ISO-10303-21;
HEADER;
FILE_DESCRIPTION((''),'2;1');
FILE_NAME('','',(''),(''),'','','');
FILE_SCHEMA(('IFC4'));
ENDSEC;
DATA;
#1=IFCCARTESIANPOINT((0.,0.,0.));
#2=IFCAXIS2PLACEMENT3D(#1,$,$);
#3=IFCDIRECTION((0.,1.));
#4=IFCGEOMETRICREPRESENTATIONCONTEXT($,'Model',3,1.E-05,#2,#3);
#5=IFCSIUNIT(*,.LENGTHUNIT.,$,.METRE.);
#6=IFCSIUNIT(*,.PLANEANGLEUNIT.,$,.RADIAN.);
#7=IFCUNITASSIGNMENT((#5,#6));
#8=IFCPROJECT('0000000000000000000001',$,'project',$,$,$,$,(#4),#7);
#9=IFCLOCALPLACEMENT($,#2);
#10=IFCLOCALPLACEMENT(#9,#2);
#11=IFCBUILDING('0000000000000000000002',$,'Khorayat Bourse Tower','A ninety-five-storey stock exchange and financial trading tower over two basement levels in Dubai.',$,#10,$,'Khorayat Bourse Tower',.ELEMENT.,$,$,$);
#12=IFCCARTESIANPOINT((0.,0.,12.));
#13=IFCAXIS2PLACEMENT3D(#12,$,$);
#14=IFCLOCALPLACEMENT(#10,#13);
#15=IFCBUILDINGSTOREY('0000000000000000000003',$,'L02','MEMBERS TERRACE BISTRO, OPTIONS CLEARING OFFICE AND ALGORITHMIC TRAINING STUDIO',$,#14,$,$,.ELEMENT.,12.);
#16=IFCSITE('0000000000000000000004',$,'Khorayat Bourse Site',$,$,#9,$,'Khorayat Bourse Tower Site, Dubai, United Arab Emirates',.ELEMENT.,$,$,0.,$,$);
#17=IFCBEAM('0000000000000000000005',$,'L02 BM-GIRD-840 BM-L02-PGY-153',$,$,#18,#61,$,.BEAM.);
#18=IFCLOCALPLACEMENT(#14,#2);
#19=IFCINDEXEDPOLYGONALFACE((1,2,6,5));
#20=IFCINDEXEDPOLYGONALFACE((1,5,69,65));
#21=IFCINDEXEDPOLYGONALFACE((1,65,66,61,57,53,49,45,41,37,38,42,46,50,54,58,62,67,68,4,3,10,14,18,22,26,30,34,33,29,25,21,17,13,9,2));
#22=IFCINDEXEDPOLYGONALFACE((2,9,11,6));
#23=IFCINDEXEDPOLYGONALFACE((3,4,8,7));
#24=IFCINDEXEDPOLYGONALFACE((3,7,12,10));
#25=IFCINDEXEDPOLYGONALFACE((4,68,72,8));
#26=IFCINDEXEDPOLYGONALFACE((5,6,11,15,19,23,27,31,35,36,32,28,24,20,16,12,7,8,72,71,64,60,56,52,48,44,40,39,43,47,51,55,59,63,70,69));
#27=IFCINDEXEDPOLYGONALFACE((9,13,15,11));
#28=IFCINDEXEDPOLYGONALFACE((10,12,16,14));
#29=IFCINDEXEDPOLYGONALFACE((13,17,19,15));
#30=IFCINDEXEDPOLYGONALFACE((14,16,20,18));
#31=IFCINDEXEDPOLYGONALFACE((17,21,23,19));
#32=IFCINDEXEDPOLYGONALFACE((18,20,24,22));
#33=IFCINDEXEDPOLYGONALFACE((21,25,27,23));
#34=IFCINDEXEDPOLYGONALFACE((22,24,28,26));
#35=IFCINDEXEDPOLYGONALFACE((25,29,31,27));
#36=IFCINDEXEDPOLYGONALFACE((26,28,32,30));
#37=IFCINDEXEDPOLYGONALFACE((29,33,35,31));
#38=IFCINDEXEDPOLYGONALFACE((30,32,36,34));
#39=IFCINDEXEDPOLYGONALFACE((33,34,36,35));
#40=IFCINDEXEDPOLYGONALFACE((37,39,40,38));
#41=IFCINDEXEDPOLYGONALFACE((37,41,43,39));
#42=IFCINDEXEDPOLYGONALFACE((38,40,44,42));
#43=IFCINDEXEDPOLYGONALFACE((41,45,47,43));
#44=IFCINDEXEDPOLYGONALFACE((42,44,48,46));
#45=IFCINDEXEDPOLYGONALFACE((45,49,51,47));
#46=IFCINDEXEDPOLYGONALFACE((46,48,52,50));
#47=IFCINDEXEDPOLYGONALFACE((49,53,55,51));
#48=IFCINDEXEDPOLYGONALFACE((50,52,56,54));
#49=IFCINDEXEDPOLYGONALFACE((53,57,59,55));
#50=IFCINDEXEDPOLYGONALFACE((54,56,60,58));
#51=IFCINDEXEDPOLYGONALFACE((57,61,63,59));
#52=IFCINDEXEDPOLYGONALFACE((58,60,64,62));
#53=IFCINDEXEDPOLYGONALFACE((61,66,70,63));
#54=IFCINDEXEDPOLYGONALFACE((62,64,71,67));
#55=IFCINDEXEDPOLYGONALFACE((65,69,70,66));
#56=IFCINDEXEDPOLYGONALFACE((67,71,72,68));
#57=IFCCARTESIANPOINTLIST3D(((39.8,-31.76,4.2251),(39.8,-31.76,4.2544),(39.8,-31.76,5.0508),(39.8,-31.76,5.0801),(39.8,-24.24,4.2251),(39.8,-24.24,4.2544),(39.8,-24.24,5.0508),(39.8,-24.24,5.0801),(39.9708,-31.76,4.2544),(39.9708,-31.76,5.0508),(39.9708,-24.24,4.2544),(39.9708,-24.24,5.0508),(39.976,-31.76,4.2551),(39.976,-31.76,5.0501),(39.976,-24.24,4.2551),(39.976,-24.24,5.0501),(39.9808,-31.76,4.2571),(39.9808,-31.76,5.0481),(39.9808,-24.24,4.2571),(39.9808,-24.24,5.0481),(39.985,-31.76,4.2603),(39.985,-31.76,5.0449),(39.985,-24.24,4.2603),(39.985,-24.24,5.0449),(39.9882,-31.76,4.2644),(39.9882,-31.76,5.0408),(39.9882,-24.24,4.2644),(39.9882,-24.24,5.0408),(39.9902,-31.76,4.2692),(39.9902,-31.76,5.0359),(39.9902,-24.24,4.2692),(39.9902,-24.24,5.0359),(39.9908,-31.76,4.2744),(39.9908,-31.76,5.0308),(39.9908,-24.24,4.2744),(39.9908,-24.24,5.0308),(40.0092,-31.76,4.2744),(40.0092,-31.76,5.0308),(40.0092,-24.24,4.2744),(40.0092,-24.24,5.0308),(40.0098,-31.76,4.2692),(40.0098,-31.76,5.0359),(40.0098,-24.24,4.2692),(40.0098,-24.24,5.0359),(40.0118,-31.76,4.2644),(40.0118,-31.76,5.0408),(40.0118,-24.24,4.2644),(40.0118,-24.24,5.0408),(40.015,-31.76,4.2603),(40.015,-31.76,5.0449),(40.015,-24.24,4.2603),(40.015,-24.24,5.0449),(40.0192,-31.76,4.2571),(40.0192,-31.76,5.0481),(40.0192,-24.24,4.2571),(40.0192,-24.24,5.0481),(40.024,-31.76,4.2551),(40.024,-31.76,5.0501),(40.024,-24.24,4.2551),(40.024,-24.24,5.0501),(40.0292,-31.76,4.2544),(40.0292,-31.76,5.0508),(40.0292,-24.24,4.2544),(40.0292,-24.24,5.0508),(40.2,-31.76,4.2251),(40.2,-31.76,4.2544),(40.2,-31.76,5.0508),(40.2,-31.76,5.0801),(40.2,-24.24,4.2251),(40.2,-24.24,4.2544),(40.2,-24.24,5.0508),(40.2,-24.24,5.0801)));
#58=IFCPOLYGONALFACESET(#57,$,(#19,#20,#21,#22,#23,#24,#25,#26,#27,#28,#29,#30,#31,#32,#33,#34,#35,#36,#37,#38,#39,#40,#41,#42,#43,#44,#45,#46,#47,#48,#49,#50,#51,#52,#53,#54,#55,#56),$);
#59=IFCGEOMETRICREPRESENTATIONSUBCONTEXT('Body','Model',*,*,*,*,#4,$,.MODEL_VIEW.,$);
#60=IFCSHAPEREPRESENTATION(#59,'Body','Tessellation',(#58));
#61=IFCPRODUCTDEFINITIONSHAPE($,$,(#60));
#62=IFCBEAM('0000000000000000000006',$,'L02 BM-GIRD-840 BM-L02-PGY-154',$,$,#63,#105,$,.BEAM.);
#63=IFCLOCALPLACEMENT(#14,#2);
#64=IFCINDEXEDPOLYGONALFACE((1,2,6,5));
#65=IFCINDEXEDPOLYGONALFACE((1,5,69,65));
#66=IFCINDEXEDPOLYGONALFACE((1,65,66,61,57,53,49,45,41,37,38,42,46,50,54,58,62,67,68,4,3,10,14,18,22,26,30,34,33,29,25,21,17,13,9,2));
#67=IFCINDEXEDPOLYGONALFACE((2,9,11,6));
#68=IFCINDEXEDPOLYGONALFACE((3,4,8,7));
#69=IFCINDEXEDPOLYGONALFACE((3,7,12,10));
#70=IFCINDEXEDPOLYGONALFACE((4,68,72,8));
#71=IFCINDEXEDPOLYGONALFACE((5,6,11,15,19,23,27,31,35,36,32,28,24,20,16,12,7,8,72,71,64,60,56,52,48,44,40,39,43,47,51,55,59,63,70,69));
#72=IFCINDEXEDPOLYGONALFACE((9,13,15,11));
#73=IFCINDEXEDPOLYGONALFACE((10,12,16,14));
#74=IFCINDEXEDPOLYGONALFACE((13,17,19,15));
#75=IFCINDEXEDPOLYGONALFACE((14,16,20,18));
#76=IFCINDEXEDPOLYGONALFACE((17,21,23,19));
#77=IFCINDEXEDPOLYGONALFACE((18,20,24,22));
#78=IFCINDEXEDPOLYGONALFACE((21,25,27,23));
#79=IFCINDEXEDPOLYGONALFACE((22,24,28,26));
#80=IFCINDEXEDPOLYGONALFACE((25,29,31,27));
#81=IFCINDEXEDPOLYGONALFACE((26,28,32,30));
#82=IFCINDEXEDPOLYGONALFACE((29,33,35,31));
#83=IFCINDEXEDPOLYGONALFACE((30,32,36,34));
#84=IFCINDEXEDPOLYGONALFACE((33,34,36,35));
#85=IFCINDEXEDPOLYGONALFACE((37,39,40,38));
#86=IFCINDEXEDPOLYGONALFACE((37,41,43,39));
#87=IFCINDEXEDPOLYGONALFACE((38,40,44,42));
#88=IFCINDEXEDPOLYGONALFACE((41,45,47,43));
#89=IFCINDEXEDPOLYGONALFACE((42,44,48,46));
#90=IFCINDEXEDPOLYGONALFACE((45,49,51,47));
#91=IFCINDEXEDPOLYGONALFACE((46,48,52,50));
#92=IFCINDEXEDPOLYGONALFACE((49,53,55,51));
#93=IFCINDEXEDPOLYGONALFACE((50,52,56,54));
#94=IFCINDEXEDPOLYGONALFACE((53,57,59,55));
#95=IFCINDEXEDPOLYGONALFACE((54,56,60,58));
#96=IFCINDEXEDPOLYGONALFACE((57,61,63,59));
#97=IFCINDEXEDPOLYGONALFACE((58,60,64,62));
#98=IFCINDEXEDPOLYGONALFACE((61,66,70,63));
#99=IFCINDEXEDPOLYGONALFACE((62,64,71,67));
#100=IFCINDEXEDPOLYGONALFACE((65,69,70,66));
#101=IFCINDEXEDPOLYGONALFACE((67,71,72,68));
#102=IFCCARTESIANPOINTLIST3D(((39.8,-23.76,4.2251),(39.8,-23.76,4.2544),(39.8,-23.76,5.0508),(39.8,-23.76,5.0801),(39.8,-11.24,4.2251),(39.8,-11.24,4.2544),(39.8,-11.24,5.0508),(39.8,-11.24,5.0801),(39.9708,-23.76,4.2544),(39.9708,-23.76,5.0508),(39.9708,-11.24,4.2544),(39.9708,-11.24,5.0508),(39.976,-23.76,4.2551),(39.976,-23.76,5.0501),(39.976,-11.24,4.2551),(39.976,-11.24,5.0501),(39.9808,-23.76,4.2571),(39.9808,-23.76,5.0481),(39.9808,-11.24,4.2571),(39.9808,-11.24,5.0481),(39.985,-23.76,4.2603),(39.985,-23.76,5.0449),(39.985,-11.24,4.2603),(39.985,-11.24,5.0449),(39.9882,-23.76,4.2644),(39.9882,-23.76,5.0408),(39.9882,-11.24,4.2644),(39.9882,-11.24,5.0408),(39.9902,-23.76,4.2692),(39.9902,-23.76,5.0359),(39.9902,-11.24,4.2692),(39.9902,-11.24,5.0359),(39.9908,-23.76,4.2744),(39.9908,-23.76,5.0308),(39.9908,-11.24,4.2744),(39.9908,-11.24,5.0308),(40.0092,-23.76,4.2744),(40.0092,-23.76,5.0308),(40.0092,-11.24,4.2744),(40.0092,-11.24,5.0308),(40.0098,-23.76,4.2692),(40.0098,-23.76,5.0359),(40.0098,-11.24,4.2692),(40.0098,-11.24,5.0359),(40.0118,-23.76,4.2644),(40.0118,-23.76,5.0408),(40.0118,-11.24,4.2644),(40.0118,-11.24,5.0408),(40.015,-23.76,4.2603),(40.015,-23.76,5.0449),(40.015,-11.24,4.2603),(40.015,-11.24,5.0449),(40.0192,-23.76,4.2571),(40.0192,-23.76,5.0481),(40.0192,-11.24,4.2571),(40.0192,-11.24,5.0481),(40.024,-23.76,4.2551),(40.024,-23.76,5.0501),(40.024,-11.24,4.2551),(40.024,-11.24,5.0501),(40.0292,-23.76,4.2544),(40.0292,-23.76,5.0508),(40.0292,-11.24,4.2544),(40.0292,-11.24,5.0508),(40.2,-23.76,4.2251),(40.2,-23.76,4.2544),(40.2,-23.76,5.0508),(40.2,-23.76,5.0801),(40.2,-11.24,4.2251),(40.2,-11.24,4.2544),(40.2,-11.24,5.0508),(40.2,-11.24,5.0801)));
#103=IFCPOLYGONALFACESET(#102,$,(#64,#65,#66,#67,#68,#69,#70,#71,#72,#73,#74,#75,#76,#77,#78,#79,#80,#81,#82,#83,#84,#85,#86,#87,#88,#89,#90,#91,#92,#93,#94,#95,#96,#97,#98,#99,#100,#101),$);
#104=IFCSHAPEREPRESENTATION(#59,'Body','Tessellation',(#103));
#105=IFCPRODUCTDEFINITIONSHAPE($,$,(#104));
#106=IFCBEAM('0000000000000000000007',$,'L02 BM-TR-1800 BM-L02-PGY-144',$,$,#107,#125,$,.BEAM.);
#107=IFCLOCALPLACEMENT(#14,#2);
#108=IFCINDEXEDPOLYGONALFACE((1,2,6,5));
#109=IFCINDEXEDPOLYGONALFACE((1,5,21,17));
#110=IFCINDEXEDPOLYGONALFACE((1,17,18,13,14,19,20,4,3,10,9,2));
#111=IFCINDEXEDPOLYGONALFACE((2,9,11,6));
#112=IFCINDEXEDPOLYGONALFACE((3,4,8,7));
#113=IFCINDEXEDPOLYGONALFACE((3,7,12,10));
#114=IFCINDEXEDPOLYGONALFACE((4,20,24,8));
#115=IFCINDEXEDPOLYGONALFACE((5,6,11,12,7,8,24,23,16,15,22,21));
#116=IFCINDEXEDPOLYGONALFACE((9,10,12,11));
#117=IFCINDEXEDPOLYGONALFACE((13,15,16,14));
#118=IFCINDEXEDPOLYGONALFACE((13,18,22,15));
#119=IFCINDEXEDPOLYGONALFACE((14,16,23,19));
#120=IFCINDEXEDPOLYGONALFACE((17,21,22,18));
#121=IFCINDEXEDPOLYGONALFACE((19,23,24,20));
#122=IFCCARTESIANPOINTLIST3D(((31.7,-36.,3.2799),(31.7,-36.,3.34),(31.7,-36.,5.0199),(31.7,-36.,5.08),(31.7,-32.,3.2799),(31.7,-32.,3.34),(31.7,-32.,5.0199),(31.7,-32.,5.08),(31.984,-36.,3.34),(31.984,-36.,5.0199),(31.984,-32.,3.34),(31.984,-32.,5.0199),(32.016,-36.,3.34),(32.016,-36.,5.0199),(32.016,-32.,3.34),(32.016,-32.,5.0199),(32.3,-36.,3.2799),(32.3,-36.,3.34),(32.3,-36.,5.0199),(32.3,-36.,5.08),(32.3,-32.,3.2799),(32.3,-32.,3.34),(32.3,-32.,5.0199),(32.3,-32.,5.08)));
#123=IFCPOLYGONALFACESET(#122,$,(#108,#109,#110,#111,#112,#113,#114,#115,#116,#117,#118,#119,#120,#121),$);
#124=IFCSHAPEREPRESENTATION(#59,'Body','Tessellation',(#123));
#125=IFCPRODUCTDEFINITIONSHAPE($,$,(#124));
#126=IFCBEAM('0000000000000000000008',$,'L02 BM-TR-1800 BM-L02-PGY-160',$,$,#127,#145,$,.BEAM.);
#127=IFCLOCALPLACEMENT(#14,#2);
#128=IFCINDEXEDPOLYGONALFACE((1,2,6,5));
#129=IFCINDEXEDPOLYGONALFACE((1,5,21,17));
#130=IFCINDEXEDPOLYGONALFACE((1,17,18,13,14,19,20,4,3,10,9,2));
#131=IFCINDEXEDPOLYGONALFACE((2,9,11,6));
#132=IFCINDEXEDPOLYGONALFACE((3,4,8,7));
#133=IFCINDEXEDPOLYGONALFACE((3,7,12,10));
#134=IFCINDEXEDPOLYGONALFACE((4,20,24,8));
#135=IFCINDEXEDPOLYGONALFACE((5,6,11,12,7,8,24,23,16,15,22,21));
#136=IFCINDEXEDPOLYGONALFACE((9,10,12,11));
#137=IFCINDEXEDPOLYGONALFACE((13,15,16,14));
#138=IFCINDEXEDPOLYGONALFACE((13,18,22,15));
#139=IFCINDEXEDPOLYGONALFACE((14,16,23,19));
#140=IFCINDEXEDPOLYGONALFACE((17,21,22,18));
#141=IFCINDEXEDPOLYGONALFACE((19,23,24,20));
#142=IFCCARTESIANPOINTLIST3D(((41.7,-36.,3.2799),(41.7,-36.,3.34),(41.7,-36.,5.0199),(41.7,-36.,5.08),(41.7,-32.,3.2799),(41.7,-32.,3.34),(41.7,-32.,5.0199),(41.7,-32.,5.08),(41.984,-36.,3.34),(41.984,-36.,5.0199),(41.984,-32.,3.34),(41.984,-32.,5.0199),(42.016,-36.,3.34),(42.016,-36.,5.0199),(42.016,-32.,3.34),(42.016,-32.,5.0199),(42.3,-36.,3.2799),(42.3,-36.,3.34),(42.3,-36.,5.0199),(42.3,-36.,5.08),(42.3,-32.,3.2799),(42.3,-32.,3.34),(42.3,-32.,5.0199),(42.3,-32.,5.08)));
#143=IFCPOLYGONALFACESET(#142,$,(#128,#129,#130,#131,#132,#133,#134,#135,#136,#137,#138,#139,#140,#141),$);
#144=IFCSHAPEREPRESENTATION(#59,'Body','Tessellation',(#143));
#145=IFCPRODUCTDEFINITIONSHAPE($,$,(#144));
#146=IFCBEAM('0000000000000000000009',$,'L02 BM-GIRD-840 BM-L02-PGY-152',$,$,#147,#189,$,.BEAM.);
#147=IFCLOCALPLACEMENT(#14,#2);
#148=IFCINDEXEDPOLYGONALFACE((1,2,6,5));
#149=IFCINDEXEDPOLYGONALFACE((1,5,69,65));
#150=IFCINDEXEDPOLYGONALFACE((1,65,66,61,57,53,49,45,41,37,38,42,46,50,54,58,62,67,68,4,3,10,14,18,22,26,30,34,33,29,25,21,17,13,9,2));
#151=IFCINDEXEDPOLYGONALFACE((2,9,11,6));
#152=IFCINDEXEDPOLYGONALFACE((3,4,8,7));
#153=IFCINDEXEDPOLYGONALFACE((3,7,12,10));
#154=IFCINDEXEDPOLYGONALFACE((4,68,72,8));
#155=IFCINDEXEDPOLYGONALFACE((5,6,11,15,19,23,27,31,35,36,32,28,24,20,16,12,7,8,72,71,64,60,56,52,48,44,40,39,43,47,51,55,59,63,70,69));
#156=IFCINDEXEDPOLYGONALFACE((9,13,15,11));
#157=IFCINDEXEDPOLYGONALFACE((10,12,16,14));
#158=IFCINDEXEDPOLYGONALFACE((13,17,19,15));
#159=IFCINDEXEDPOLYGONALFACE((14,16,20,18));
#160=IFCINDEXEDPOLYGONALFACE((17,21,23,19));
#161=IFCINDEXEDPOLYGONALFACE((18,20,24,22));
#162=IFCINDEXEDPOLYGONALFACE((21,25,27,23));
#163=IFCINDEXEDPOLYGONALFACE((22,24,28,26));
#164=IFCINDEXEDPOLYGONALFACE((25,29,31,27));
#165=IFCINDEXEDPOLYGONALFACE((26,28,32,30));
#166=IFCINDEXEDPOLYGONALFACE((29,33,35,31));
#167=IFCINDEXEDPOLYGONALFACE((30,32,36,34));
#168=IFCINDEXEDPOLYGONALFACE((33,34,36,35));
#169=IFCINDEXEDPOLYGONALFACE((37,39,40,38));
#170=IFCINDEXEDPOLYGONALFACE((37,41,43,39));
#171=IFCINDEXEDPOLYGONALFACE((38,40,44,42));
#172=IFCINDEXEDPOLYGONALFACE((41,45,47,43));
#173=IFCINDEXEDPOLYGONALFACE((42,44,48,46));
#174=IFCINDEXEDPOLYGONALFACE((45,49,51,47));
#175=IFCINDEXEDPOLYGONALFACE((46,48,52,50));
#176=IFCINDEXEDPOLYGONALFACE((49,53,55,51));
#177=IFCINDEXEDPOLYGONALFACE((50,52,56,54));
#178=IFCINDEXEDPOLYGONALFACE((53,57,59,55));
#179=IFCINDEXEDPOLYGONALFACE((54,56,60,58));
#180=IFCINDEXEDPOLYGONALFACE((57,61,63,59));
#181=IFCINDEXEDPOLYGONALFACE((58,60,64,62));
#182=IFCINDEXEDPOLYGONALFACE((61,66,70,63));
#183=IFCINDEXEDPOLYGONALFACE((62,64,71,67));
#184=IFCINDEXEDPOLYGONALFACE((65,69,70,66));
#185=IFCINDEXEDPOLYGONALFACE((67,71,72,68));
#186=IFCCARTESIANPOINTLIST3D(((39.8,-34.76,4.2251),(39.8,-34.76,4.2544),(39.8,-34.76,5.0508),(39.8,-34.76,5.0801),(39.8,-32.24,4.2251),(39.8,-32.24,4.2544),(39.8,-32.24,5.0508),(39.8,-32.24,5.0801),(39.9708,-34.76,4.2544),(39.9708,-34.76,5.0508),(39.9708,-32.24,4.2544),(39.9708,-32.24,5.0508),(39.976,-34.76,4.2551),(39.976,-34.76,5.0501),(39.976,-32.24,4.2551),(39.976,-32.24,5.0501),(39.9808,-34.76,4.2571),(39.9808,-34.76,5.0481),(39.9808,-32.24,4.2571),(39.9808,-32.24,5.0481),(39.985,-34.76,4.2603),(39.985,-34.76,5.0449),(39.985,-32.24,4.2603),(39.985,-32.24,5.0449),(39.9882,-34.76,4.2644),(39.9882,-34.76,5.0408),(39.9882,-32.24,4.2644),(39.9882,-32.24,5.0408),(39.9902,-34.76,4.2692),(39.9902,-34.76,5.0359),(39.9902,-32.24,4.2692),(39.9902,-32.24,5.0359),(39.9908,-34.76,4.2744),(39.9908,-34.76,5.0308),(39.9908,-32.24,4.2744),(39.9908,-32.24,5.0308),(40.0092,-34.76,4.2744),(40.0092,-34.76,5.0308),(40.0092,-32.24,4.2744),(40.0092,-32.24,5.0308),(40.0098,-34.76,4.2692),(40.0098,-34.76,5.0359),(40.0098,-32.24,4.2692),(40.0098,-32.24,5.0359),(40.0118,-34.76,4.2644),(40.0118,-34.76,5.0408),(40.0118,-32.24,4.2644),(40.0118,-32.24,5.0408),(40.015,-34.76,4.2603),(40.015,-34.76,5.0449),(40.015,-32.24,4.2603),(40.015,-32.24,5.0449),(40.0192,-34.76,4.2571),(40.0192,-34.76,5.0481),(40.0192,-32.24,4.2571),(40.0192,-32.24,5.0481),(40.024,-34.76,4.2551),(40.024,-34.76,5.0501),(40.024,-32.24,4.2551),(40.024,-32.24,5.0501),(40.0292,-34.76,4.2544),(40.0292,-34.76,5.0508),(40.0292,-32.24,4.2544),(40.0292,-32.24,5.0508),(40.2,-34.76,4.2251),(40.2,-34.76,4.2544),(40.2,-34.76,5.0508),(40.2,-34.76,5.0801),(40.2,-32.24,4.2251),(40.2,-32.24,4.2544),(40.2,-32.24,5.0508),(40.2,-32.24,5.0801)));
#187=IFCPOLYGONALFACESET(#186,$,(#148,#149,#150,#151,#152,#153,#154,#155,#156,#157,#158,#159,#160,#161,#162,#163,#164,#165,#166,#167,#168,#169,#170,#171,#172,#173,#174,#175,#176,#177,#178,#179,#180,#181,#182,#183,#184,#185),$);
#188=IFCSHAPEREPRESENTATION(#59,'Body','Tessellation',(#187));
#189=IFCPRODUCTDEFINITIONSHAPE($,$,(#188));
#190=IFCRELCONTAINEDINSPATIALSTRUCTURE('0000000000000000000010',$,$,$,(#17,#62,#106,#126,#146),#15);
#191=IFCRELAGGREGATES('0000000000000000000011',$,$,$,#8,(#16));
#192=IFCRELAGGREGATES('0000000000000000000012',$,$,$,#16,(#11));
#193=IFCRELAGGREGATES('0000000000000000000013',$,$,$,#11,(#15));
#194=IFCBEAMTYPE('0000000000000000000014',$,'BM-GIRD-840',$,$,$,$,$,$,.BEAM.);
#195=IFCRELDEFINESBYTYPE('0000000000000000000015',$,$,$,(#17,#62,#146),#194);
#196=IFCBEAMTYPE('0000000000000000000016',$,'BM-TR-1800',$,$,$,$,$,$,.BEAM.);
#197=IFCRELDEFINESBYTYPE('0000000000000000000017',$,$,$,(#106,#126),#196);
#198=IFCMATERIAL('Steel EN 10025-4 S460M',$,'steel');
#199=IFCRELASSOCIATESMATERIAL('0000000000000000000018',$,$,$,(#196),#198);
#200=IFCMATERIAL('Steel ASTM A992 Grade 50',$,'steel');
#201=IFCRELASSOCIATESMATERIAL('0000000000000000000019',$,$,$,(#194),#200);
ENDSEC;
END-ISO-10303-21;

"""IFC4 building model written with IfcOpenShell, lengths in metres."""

from ifc_helpers import new_model, si_unit, direction, frame, origin, origin_2d, place, context, subcontext, project, spatial, i_section, extrude, source, transform, mapped, material, material_profile, profile_set, type_object, element, save


model = new_model("IFC4")

# Units and contexts
model_context = context("Model", 3, precision=1e-05, world=origin(), true_north=direction((0.0, 1.0)))
body_context = subcontext(model_context, "Body", "Model", "MODEL_VIEW")
ifc_project = project(units=[si_unit("LENGTHUNIT", "METRE"), si_unit("PLANEANGLEUNIT", "RADIAN")], contexts=[model_context])

# Site, building, storey
site_placement = place(None, origin())
site = spatial("IfcSite", under=ifc_project, at=site_placement, Name="Khorayat Bourse Site", LongName="Khorayat Bourse Tower Site, Dubai, United Arab Emirates", CompositionType="ELEMENT", RefElevation=0.0)
building_placement = place(site_placement, origin())
building = spatial("IfcBuilding", under=site, at=building_placement, Name="Khorayat Bourse Tower", Description="A ninety-five-storey stock exchange and financial trading tower over two basement levels in Dubai.", LongName="Khorayat Bourse Tower", CompositionType="ELEMENT")
storey_placement = place(building_placement, frame((0.0, 0.0, 12.0)))
storey = spatial("IfcBuildingStorey", under=building, at=storey_placement, Name="L02", Description="MEMBERS TERRACE BISTRO, OPTIONS CLEARING OFFICE AND ALGORITHMIC TRAINING STUDIO", CompositionType="ELEMENT", Elevation=12.0)

# Beams
ifc_material_1 = material(Name="Steel EN 10025-4 S460M", Category="steel")
ifc_material_profile_1 = material_profile(ifc_material_1, i_section(OverallWidth=0.6001, OverallDepth=1.8, WebThickness=0.032, FlangeThickness=0.0601, at=origin_2d()), Name="PG 1800x600x32x60")
ifc_profile_set_1 = profile_set([ifc_material_profile_1], Name="Steel EN 10025-4 S460M")
beam_type_1 = type_object("IfcBeamType", Name="BM-TR-1800", PredefinedType="BEAM", material=ifc_profile_set_1)
ifc_material_2 = material(Name="Steel ASTM A992 Grade 50", Category="steel")
ifc_material_profile_2 = material_profile(ifc_material_2, i_section(OverallWidth=0.3999, OverallDepth=0.855, WebThickness=0.0183, FlangeThickness=0.0293, FilletRadius=0.02, at=origin_2d()), Name="W840X299")
ifc_profile_set_2 = profile_set([ifc_material_profile_2], Name="Steel ASTM A992 Grade 50")
beam_type_2 = type_object("IfcBeamType", Name="BM-GIRD-840", PredefinedType="BEAM", material=ifc_profile_set_2)
shared_shape_1 = source(origin(), body_context, "Body", "SweptSolid", [
    extrude(i_section(OverallWidth=0.3999, OverallDepth=0.855, WebThickness=0.0183, FlangeThickness=0.0293, FilletRadius=0.02, at=origin_2d()), origin(), (0.0, 0.0, 1.0), 7.52),
])
beam_1_placement = place(storey_placement, frame((40.0, -31.76, 4.6526), z_axis=(0.0, 1.0, 0.0), x_axis=(-1.0, 0.0, 0.0)))
element("IfcBeam", 1, at=beam_1_placement, inside=storey, type_object=beam_type_2, Name="L02 BM-GIRD-840 BM-L02-PGY-153", PredefinedType="BEAM", context=body_context, shape_type="MappedRepresentation", body=[
    mapped(shared_shape_1, transform((0.0, 0.0, 0.0), scale=1.0)),
])
shared_shape_2 = source(origin(), body_context, "Body", "SweptSolid", [
    extrude(i_section(OverallWidth=0.3999, OverallDepth=0.855, WebThickness=0.0183, FlangeThickness=0.0293, FilletRadius=0.02, at=origin_2d()), origin(), (0.0, 0.0, 1.0), 12.52),
])
beam_2_placement = place(storey_placement, frame((40.0, -23.76, 4.6526), z_axis=(0.0, 1.0, 0.0), x_axis=(-1.0, 0.0, 0.0)))
element("IfcBeam", 2, at=beam_2_placement, inside=storey, type_object=beam_type_2, Name="L02 BM-GIRD-840 BM-L02-PGY-154", PredefinedType="BEAM", context=body_context, shape_type="MappedRepresentation", body=[
    mapped(shared_shape_2, transform((0.0, 0.0, 0.0), scale=1.0)),
])
shared_shape_3 = source(origin(), body_context, "Body", "SweptSolid", [
    extrude(i_section(OverallWidth=0.6001, OverallDepth=1.8, WebThickness=0.032, FlangeThickness=0.0601, at=origin_2d()), origin(), (0.0, 0.0, 1.0), 4.0),
])
for number, where, z_axis, x_axis, name in (
    (3, (32.0, -36.0, 4.1799), (0.0, 1.0, 0.0), (-1.0, 0.0, 0.0), "L02 BM-TR-1800 BM-L02-PGY-144"),
    (4, (42.0, -36.0, 4.1799), (0.0, 1.0, 0.0), (-1.0, 0.0, 0.0), "L02 BM-TR-1800 BM-L02-PGY-160"),
):
    element("IfcBeam", number, at=place(storey_placement, frame(where, z_axis=z_axis, x_axis=x_axis)), inside=storey, type_object=beam_type_1, Name=name, PredefinedType="BEAM", context=body_context, shape_type="MappedRepresentation", body=[
        mapped(shared_shape_3, transform((0.0, 0.0, 0.0), scale=1.0)),
    ])
shared_shape_4 = source(origin(), body_context, "Body", "SweptSolid", [
    extrude(i_section(OverallWidth=0.3999, OverallDepth=0.855, WebThickness=0.0183, FlangeThickness=0.0293, FilletRadius=0.02, at=origin_2d()), origin(), (0.0, 0.0, 1.0), 2.52),
])
beam_3_placement = place(storey_placement, frame((40.0, -34.76, 4.6526), z_axis=(0.0, 1.0, 0.0), x_axis=(-1.0, 0.0, 0.0)))
element("IfcBeam", 5, at=beam_3_placement, inside=storey, type_object=beam_type_2, Name="L02 BM-GIRD-840 BM-L02-PGY-152", PredefinedType="BEAM", context=body_context, shape_type="MappedRepresentation", body=[
    mapped(shared_shape_4, transform((0.0, 0.0, 0.0), scale=1.0)),
])

save(model, "model.ifc")
